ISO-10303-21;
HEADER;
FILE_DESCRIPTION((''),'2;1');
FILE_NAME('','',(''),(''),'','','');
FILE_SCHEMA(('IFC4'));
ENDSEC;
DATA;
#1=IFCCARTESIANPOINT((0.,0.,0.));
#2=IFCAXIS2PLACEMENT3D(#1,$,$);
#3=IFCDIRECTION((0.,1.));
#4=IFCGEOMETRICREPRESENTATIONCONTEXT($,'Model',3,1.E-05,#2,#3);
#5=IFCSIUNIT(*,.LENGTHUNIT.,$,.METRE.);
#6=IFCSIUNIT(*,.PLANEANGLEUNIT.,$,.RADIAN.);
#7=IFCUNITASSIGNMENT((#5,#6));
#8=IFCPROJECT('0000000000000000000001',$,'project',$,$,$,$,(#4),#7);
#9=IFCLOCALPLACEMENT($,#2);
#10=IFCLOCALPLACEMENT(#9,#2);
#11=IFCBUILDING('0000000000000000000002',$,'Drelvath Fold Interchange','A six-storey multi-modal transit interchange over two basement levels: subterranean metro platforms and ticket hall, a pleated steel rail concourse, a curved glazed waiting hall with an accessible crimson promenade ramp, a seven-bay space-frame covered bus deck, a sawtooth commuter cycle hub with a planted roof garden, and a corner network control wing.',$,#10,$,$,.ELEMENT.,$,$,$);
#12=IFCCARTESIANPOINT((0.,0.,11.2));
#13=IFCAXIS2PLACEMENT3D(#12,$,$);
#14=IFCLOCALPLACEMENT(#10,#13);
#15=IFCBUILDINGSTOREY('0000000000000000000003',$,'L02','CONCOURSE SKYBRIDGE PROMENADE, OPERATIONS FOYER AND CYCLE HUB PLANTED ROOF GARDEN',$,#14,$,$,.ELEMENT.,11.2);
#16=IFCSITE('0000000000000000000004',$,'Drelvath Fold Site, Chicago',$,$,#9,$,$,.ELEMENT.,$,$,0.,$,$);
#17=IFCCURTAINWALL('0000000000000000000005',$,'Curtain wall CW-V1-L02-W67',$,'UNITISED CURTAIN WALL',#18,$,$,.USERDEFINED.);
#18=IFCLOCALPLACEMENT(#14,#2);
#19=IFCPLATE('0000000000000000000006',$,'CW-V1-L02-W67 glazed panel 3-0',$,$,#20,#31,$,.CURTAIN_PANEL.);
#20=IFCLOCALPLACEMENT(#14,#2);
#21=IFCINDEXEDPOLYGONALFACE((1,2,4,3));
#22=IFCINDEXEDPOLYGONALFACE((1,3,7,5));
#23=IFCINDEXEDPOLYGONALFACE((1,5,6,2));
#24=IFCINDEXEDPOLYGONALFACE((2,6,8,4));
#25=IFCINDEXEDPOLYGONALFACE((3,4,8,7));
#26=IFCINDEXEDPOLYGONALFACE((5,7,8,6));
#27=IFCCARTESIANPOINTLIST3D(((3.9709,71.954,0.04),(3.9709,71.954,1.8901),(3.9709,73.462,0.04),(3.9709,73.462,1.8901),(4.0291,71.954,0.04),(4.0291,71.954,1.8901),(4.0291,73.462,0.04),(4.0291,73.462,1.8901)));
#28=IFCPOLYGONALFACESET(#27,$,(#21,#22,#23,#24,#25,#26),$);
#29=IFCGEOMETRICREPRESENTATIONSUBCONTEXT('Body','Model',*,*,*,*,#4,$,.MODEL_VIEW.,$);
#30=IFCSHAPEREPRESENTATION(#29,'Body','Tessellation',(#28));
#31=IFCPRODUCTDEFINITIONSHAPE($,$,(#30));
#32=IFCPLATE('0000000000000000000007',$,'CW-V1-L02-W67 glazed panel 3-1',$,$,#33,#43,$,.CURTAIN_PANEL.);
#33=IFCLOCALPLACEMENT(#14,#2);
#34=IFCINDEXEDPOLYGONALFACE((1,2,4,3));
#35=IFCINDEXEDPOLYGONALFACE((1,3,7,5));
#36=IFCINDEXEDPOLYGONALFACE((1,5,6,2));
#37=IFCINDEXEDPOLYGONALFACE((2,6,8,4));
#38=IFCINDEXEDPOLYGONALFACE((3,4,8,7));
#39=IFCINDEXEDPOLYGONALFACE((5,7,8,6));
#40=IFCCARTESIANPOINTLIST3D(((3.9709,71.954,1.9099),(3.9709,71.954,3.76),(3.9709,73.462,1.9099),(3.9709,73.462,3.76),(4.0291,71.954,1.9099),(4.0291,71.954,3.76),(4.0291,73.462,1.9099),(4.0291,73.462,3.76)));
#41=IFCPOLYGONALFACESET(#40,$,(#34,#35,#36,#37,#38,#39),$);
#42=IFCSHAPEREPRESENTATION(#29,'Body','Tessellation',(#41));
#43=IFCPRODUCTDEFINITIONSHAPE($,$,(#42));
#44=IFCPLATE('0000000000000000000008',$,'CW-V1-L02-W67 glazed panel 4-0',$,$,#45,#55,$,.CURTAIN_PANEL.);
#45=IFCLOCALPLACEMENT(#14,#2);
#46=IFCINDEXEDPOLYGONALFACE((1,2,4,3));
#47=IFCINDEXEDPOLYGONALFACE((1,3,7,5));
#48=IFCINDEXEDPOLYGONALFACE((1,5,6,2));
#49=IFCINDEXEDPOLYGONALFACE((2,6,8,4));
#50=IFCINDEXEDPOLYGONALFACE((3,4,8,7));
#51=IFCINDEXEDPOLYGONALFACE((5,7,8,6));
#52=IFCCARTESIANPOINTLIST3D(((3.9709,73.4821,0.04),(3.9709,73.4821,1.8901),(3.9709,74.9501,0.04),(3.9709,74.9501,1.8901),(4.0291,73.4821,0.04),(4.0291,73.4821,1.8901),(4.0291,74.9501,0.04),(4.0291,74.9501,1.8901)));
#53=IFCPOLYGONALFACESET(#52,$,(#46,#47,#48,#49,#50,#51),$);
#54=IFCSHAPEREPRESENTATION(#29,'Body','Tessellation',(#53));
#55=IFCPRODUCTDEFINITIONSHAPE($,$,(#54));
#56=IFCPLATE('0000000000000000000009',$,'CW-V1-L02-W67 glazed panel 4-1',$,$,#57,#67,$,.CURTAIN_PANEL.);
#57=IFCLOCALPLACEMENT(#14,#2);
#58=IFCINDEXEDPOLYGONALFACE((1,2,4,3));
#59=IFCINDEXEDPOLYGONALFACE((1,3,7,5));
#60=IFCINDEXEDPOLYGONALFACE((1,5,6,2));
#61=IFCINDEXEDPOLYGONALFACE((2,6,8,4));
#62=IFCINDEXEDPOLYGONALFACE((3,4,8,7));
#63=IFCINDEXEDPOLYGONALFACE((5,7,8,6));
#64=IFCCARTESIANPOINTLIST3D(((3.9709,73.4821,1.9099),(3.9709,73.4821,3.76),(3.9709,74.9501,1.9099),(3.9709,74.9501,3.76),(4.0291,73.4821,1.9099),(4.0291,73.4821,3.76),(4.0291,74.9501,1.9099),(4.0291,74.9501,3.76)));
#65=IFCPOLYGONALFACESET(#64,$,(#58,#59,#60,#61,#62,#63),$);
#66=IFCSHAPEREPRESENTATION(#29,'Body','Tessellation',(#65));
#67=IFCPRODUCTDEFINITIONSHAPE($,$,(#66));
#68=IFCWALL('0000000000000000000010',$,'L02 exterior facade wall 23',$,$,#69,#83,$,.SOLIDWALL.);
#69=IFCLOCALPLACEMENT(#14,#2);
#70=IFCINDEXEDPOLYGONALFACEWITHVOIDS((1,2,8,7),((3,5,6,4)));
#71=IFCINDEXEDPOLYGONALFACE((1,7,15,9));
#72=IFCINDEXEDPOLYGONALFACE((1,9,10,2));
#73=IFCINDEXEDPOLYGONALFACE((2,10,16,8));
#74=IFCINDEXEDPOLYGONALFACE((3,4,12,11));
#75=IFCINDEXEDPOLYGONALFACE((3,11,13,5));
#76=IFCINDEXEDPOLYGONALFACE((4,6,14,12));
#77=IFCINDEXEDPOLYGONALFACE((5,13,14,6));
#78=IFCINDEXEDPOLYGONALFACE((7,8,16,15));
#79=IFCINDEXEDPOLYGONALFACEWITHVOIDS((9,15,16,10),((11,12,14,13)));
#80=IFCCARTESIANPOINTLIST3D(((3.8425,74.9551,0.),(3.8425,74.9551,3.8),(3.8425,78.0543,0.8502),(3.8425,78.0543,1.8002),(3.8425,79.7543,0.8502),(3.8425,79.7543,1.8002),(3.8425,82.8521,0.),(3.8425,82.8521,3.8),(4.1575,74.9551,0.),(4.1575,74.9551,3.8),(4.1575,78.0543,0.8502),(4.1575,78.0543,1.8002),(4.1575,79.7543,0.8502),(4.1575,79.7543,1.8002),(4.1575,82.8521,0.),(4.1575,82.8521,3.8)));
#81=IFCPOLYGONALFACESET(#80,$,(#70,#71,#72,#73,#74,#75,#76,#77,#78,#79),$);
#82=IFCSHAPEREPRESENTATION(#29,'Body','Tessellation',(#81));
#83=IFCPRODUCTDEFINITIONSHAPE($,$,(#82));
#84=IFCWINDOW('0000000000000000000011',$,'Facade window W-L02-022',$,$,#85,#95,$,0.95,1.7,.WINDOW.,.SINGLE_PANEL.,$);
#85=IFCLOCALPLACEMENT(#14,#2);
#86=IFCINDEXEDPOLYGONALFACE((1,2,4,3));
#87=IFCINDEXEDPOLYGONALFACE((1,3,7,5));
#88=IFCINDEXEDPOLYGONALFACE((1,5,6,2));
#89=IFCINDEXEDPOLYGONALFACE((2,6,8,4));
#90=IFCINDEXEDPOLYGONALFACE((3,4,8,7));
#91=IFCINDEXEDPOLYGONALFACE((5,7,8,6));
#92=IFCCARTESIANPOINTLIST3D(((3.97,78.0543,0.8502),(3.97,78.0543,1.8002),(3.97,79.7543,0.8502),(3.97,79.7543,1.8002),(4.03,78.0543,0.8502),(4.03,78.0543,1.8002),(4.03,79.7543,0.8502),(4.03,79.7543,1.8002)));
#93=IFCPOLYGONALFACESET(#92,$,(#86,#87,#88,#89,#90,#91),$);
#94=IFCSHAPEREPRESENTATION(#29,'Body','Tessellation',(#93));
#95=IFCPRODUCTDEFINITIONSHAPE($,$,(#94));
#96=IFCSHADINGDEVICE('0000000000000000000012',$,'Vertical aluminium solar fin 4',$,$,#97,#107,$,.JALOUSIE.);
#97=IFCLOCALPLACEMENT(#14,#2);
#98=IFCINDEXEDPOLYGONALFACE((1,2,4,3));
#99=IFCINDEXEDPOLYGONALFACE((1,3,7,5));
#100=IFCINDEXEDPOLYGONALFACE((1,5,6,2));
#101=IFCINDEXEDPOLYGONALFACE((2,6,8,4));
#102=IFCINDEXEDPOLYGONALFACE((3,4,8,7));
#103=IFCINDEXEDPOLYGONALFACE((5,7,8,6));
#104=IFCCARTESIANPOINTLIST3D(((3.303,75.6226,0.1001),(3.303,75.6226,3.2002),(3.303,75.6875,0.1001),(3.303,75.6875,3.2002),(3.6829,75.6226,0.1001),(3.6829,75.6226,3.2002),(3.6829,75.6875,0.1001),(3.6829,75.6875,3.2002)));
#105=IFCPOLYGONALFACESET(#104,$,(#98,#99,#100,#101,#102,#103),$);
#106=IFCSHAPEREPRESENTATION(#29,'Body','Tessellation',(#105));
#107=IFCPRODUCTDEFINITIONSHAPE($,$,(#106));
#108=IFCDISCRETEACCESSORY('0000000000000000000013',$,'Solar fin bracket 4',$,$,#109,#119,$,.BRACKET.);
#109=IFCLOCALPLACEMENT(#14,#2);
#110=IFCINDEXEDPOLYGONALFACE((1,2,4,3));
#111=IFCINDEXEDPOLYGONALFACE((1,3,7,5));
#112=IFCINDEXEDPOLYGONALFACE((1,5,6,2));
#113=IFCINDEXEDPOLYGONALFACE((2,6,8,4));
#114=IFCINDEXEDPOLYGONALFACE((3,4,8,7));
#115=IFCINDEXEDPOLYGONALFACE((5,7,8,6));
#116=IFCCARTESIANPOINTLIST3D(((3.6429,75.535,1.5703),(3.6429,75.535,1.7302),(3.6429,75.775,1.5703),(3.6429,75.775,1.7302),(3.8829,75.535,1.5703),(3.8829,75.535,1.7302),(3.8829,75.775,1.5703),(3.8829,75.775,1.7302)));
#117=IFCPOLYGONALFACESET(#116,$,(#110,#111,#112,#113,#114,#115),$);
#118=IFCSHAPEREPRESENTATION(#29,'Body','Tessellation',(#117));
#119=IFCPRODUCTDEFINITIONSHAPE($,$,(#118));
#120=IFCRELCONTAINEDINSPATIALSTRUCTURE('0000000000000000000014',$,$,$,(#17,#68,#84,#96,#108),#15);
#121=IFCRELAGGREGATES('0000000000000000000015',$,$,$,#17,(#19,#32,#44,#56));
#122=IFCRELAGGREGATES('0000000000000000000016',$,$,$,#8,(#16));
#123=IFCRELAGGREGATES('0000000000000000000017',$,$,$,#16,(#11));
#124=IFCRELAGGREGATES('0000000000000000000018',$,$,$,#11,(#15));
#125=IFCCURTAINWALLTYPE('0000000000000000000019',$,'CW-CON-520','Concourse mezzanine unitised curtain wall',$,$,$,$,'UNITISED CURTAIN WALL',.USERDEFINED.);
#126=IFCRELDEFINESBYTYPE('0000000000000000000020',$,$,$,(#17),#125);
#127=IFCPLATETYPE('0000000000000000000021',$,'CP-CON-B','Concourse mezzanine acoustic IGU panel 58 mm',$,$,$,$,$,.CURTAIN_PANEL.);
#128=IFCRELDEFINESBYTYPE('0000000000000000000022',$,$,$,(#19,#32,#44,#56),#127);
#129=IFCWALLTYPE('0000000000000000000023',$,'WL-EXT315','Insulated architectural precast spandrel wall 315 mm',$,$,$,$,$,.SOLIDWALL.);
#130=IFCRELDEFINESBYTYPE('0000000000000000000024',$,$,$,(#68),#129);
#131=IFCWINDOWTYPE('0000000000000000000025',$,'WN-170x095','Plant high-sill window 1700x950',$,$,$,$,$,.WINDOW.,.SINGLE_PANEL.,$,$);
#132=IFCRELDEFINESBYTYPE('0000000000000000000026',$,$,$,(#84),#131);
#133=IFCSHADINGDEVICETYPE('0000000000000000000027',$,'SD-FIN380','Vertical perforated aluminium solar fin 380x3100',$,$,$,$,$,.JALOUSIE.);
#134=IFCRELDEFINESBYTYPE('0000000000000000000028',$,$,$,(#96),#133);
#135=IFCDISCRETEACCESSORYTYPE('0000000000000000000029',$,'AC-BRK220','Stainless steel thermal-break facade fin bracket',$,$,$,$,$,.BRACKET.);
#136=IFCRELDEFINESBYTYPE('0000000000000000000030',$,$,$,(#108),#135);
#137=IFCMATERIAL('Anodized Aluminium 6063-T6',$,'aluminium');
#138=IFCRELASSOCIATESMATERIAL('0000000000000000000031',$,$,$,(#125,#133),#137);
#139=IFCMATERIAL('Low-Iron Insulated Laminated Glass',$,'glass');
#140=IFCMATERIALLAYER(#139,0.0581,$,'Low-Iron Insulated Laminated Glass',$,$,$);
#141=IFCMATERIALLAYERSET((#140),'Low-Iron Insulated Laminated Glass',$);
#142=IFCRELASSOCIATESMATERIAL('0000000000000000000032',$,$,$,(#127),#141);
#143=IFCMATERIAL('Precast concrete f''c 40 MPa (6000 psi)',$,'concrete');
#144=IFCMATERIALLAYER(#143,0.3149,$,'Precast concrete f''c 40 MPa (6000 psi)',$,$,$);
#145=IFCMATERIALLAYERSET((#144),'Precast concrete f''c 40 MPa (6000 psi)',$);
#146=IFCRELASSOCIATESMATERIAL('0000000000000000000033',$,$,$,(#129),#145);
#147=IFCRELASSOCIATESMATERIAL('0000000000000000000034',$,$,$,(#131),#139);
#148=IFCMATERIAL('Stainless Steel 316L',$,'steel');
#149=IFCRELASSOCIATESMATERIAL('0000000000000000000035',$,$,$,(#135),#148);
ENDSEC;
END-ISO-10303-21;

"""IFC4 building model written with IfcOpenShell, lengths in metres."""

from ifc_helpers import new_model, si_unit, direction, frame, frame_2d, origin, origin_2d, place, context, subcontext, project, spatial, rectangle, extrude, material, layer, layer_set, type_object, element, fill, aggregate, save


model = new_model("IFC4")

# Units and contexts
model_context = context("Model", 3, precision=1e-05, world=origin(), true_north=direction((0.0, 1.0)))
body_context = subcontext(model_context, "Body", "Model", "MODEL_VIEW")
ifc_project = project(units=[si_unit("LENGTHUNIT", "METRE"), si_unit("PLANEANGLEUNIT", "RADIAN")], contexts=[model_context])

# Site, building, storey
site_placement = place(None, origin())
site = spatial("IfcSite", under=ifc_project, at=site_placement, Name="Drelvath Fold Site, Chicago", CompositionType="ELEMENT", RefElevation=0.0)
building_placement = place(site_placement, origin())
building = spatial("IfcBuilding", under=site, at=building_placement, Name="Drelvath Fold Interchange", Description="A six-storey multi-modal transit interchange over two basement levels: subterranean metro platforms and ticket hall, a pleated steel rail concourse, a curved glazed waiting hall with an accessible crimson promenade ramp, a seven-bay space-frame covered bus deck, a sawtooth commuter cycle hub with a planted roof garden, and a corner network control wing.", CompositionType="ELEMENT")
storey_placement = place(building_placement, frame((0.0, 0.0, 11.2)))
storey = spatial("IfcBuildingStorey", under=building, at=storey_placement, Name="L02", Description="CONCOURSE SKYBRIDGE PROMENADE, OPERATIONS FOYER AND CYCLE HUB PLANTED ROOF GARDEN", CompositionType="ELEMENT", Elevation=11.2)

# Curtain wall, plates
ifc_material_1 = material(Name="Anodized Aluminium 6063-T6", Category="aluminium")
curtain_wall_type = type_object("IfcCurtainWallType", Name="CW-CON-520", Description="Concourse mezzanine unitised curtain wall", ElementType="UNITISED CURTAIN WALL", PredefinedType="USERDEFINED", material=ifc_material_1)
curtain_wall_placement = place(storey_placement, origin())
curtain_wall = element("IfcCurtainWall", 1, at=curtain_wall_placement, inside=storey, type_object=curtain_wall_type, Name="Curtain wall CW-V1-L02-W67", ObjectType="UNITISED CURTAIN WALL", PredefinedType="USERDEFINED")
ifc_material_2 = material(Name="Low-Iron Insulated Laminated Glass", Category="glass")
ifc_layer_1 = layer(ifc_material_2, 0.0581, Name="Low-Iron Insulated Laminated Glass")
ifc_layer_set_1 = layer_set([ifc_layer_1], Name="Low-Iron Insulated Laminated Glass")
plate_type = type_object("IfcPlateType", Name="CP-CON-B", Description="Concourse mezzanine acoustic IGU panel 58 mm", PredefinedType="CURTAIN_PANEL", material=ifc_layer_set_1)
plate_1_placement = place(storey_placement, frame((4.0, 72.708, 0.04), z_axis=(0.0, 0.0, 1.0), x_axis=(0.0, 1.0, 0.0)))
plate_1 = element("IfcPlate", 2, at=plate_1_placement, type_object=plate_type, Name="CW-V1-L02-W67 glazed panel 3-0", PredefinedType="CURTAIN_PANEL", context=body_context, shape_type="SweptSolid", body=[
    extrude(rectangle(XDim=1.5081, YDim=0.0581, at=origin_2d()), origin(), (0.0, 0.0, 1.0), 1.8501),
])
plate_2_placement = place(storey_placement, frame((4.0, 72.708, 1.9099), z_axis=(0.0, 0.0, 1.0), x_axis=(0.0, 1.0, 0.0)))
plate_2 = element("IfcPlate", 3, at=plate_2_placement, type_object=plate_type, Name="CW-V1-L02-W67 glazed panel 3-1", PredefinedType="CURTAIN_PANEL", context=body_context, shape_type="SweptSolid", body=[
    extrude(rectangle(XDim=1.5081, YDim=0.0581, at=origin_2d()), origin(), (0.0, 0.0, 1.0), 1.8501),
])
plate_3_placement = place(storey_placement, frame((4.0, 74.2161, 0.04), z_axis=(0.0, 0.0, 1.0), x_axis=(0.0, 1.0, 0.0)))
plate_3 = element("IfcPlate", 4, at=plate_3_placement, type_object=plate_type, Name="CW-V1-L02-W67 glazed panel 4-0", PredefinedType="CURTAIN_PANEL", context=body_context, shape_type="SweptSolid", body=[
    extrude(rectangle(XDim=1.468, YDim=0.0581, at=origin_2d()), origin(), (0.0, 0.0, 1.0), 1.8501),
])
plate_4_placement = place(storey_placement, frame((4.0, 74.2161, 1.9099), z_axis=(0.0, 0.0, 1.0), x_axis=(0.0, 1.0, 0.0)))
plate_4 = element("IfcPlate", 5, at=plate_4_placement, type_object=plate_type, Name="CW-V1-L02-W67 glazed panel 4-1", PredefinedType="CURTAIN_PANEL", context=body_context, shape_type="SweptSolid", body=[
    extrude(rectangle(XDim=1.468, YDim=0.0581, at=origin_2d()), origin(), (0.0, 0.0, 1.0), 1.8501),
])
aggregate(curtain_wall, [plate_1, plate_2, plate_3, plate_4])

# Wall, opening, window
ifc_material_3 = material(Name="Precast concrete f'c 40 MPa (6000 psi)", Category="concrete")
ifc_layer_2 = layer(ifc_material_3, 0.3149, Name="Precast concrete f'c 40 MPa (6000 psi)")
ifc_layer_set_2 = layer_set([ifc_layer_2], Name="Precast concrete f'c 40 MPa (6000 psi)")
wall_type = type_object("IfcWallType", Name="WL-EXT315", Description="Insulated architectural precast spandrel wall 315 mm", PredefinedType="SOLIDWALL", material=ifc_layer_set_2)
wall_placement = place(storey_placement, frame((4.0, 74.9551, 0.0), z_axis=(0.0, 0.0, 1.0), x_axis=(0.0, 1.0, 0.0)))
wall = element("IfcWall", 6, at=wall_placement, inside=storey, type_object=wall_type, Name="L02 exterior facade wall 23", PredefinedType="SOLIDWALL", context=body_context, shape_type="SweptSolid", body=[
    extrude(rectangle(XDim=7.897, YDim=0.3149, at=frame_2d((3.9485, 0.0))), origin(), (0.0, 0.0, 1.0), 3.8),
])
opening_placement = place(wall_placement, frame((3.0991, 0.0, 0.8501)))
opening = element("IfcOpeningElement", 7, at=opening_placement, cuts=wall, PredefinedType="OPENING", context=body_context, shape_type="SweptSolid", body=[
    extrude(rectangle(XDim=1.7, YDim=0.95, at=frame_2d((0.8501, 0.4751))), frame((0.0, 0.1675, 0.0), z_axis=(0.0, -1.0, 0.0), x_axis=(1.0, 0.0, 0.0)), (0.0, 0.0, 1.0), 0.335),
])
window_type = type_object("IfcWindowType", Name="WN-170x095", Description="Plant high-sill window 1700x950", PartitioningType="SINGLE_PANEL", PredefinedType="WINDOW", material=ifc_material_2)
window_placement = place(opening_placement, origin())
window = element("IfcWindow", 8, at=window_placement, inside=storey, type_object=window_type, Name="Facade window W-L02-022", OverallHeight=0.95, OverallWidth=1.7, PartitioningType="SINGLE_PANEL", PredefinedType="WINDOW", context=body_context, shape_type="SweptSolid", body=[
    extrude(rectangle(XDim=1.7, YDim=0.95, at=frame_2d((0.8501, 0.4751))), frame((0.0, 0.03, 0.0), z_axis=(0.0, -1.0, 0.0), x_axis=(1.0, 0.0, 0.0)), (0.0, 0.0, 1.0), 0.0601),
])
fill(opening, window)

# Shading device
shading_device_type = type_object("IfcShadingDeviceType", Name="SD-FIN380", Description="Vertical perforated aluminium solar fin 380x3100", PredefinedType="JALOUSIE", material=ifc_material_1)
shading_device_placement = place(storey_placement, frame((3.4929, 75.655, 0.1001), z_axis=(0.0, 0.0, 1.0), x_axis=(1.0, 0.0, 0.0)))
element("IfcShadingDevice", 9, at=shading_device_placement, inside=storey, type_object=shading_device_type, Name="Vertical aluminium solar fin 4", PredefinedType="JALOUSIE", context=body_context, shape_type="SweptSolid", body=[
    extrude(rectangle(XDim=0.3799, YDim=0.0649, at=origin_2d()), origin(), (0.0, 0.0, 1.0), 3.1001),
])

# Discrete accessory
ifc_material_4 = material(Name="Stainless Steel 316L", Category="steel")
discrete_accessory_type = type_object("IfcDiscreteAccessoryType", Name="AC-BRK220", Description="Stainless steel thermal-break facade fin bracket", PredefinedType="BRACKET", material=ifc_material_4)
discrete_accessory_placement = place(storey_placement, frame((3.7629, 75.655, 1.5703), z_axis=(0.0, 0.0, 1.0), x_axis=(1.0, 0.0, 0.0)))
element("IfcDiscreteAccessory", 10, at=discrete_accessory_placement, inside=storey, type_object=discrete_accessory_type, Name="Solar fin bracket 4", PredefinedType="BRACKET", context=body_context, shape_type="SweptSolid", body=[
    extrude(rectangle(XDim=0.24, YDim=0.24, at=origin_2d()), origin(), (0.0, 0.0, 1.0), 0.1599),
])

save(model, "model.ifc")
